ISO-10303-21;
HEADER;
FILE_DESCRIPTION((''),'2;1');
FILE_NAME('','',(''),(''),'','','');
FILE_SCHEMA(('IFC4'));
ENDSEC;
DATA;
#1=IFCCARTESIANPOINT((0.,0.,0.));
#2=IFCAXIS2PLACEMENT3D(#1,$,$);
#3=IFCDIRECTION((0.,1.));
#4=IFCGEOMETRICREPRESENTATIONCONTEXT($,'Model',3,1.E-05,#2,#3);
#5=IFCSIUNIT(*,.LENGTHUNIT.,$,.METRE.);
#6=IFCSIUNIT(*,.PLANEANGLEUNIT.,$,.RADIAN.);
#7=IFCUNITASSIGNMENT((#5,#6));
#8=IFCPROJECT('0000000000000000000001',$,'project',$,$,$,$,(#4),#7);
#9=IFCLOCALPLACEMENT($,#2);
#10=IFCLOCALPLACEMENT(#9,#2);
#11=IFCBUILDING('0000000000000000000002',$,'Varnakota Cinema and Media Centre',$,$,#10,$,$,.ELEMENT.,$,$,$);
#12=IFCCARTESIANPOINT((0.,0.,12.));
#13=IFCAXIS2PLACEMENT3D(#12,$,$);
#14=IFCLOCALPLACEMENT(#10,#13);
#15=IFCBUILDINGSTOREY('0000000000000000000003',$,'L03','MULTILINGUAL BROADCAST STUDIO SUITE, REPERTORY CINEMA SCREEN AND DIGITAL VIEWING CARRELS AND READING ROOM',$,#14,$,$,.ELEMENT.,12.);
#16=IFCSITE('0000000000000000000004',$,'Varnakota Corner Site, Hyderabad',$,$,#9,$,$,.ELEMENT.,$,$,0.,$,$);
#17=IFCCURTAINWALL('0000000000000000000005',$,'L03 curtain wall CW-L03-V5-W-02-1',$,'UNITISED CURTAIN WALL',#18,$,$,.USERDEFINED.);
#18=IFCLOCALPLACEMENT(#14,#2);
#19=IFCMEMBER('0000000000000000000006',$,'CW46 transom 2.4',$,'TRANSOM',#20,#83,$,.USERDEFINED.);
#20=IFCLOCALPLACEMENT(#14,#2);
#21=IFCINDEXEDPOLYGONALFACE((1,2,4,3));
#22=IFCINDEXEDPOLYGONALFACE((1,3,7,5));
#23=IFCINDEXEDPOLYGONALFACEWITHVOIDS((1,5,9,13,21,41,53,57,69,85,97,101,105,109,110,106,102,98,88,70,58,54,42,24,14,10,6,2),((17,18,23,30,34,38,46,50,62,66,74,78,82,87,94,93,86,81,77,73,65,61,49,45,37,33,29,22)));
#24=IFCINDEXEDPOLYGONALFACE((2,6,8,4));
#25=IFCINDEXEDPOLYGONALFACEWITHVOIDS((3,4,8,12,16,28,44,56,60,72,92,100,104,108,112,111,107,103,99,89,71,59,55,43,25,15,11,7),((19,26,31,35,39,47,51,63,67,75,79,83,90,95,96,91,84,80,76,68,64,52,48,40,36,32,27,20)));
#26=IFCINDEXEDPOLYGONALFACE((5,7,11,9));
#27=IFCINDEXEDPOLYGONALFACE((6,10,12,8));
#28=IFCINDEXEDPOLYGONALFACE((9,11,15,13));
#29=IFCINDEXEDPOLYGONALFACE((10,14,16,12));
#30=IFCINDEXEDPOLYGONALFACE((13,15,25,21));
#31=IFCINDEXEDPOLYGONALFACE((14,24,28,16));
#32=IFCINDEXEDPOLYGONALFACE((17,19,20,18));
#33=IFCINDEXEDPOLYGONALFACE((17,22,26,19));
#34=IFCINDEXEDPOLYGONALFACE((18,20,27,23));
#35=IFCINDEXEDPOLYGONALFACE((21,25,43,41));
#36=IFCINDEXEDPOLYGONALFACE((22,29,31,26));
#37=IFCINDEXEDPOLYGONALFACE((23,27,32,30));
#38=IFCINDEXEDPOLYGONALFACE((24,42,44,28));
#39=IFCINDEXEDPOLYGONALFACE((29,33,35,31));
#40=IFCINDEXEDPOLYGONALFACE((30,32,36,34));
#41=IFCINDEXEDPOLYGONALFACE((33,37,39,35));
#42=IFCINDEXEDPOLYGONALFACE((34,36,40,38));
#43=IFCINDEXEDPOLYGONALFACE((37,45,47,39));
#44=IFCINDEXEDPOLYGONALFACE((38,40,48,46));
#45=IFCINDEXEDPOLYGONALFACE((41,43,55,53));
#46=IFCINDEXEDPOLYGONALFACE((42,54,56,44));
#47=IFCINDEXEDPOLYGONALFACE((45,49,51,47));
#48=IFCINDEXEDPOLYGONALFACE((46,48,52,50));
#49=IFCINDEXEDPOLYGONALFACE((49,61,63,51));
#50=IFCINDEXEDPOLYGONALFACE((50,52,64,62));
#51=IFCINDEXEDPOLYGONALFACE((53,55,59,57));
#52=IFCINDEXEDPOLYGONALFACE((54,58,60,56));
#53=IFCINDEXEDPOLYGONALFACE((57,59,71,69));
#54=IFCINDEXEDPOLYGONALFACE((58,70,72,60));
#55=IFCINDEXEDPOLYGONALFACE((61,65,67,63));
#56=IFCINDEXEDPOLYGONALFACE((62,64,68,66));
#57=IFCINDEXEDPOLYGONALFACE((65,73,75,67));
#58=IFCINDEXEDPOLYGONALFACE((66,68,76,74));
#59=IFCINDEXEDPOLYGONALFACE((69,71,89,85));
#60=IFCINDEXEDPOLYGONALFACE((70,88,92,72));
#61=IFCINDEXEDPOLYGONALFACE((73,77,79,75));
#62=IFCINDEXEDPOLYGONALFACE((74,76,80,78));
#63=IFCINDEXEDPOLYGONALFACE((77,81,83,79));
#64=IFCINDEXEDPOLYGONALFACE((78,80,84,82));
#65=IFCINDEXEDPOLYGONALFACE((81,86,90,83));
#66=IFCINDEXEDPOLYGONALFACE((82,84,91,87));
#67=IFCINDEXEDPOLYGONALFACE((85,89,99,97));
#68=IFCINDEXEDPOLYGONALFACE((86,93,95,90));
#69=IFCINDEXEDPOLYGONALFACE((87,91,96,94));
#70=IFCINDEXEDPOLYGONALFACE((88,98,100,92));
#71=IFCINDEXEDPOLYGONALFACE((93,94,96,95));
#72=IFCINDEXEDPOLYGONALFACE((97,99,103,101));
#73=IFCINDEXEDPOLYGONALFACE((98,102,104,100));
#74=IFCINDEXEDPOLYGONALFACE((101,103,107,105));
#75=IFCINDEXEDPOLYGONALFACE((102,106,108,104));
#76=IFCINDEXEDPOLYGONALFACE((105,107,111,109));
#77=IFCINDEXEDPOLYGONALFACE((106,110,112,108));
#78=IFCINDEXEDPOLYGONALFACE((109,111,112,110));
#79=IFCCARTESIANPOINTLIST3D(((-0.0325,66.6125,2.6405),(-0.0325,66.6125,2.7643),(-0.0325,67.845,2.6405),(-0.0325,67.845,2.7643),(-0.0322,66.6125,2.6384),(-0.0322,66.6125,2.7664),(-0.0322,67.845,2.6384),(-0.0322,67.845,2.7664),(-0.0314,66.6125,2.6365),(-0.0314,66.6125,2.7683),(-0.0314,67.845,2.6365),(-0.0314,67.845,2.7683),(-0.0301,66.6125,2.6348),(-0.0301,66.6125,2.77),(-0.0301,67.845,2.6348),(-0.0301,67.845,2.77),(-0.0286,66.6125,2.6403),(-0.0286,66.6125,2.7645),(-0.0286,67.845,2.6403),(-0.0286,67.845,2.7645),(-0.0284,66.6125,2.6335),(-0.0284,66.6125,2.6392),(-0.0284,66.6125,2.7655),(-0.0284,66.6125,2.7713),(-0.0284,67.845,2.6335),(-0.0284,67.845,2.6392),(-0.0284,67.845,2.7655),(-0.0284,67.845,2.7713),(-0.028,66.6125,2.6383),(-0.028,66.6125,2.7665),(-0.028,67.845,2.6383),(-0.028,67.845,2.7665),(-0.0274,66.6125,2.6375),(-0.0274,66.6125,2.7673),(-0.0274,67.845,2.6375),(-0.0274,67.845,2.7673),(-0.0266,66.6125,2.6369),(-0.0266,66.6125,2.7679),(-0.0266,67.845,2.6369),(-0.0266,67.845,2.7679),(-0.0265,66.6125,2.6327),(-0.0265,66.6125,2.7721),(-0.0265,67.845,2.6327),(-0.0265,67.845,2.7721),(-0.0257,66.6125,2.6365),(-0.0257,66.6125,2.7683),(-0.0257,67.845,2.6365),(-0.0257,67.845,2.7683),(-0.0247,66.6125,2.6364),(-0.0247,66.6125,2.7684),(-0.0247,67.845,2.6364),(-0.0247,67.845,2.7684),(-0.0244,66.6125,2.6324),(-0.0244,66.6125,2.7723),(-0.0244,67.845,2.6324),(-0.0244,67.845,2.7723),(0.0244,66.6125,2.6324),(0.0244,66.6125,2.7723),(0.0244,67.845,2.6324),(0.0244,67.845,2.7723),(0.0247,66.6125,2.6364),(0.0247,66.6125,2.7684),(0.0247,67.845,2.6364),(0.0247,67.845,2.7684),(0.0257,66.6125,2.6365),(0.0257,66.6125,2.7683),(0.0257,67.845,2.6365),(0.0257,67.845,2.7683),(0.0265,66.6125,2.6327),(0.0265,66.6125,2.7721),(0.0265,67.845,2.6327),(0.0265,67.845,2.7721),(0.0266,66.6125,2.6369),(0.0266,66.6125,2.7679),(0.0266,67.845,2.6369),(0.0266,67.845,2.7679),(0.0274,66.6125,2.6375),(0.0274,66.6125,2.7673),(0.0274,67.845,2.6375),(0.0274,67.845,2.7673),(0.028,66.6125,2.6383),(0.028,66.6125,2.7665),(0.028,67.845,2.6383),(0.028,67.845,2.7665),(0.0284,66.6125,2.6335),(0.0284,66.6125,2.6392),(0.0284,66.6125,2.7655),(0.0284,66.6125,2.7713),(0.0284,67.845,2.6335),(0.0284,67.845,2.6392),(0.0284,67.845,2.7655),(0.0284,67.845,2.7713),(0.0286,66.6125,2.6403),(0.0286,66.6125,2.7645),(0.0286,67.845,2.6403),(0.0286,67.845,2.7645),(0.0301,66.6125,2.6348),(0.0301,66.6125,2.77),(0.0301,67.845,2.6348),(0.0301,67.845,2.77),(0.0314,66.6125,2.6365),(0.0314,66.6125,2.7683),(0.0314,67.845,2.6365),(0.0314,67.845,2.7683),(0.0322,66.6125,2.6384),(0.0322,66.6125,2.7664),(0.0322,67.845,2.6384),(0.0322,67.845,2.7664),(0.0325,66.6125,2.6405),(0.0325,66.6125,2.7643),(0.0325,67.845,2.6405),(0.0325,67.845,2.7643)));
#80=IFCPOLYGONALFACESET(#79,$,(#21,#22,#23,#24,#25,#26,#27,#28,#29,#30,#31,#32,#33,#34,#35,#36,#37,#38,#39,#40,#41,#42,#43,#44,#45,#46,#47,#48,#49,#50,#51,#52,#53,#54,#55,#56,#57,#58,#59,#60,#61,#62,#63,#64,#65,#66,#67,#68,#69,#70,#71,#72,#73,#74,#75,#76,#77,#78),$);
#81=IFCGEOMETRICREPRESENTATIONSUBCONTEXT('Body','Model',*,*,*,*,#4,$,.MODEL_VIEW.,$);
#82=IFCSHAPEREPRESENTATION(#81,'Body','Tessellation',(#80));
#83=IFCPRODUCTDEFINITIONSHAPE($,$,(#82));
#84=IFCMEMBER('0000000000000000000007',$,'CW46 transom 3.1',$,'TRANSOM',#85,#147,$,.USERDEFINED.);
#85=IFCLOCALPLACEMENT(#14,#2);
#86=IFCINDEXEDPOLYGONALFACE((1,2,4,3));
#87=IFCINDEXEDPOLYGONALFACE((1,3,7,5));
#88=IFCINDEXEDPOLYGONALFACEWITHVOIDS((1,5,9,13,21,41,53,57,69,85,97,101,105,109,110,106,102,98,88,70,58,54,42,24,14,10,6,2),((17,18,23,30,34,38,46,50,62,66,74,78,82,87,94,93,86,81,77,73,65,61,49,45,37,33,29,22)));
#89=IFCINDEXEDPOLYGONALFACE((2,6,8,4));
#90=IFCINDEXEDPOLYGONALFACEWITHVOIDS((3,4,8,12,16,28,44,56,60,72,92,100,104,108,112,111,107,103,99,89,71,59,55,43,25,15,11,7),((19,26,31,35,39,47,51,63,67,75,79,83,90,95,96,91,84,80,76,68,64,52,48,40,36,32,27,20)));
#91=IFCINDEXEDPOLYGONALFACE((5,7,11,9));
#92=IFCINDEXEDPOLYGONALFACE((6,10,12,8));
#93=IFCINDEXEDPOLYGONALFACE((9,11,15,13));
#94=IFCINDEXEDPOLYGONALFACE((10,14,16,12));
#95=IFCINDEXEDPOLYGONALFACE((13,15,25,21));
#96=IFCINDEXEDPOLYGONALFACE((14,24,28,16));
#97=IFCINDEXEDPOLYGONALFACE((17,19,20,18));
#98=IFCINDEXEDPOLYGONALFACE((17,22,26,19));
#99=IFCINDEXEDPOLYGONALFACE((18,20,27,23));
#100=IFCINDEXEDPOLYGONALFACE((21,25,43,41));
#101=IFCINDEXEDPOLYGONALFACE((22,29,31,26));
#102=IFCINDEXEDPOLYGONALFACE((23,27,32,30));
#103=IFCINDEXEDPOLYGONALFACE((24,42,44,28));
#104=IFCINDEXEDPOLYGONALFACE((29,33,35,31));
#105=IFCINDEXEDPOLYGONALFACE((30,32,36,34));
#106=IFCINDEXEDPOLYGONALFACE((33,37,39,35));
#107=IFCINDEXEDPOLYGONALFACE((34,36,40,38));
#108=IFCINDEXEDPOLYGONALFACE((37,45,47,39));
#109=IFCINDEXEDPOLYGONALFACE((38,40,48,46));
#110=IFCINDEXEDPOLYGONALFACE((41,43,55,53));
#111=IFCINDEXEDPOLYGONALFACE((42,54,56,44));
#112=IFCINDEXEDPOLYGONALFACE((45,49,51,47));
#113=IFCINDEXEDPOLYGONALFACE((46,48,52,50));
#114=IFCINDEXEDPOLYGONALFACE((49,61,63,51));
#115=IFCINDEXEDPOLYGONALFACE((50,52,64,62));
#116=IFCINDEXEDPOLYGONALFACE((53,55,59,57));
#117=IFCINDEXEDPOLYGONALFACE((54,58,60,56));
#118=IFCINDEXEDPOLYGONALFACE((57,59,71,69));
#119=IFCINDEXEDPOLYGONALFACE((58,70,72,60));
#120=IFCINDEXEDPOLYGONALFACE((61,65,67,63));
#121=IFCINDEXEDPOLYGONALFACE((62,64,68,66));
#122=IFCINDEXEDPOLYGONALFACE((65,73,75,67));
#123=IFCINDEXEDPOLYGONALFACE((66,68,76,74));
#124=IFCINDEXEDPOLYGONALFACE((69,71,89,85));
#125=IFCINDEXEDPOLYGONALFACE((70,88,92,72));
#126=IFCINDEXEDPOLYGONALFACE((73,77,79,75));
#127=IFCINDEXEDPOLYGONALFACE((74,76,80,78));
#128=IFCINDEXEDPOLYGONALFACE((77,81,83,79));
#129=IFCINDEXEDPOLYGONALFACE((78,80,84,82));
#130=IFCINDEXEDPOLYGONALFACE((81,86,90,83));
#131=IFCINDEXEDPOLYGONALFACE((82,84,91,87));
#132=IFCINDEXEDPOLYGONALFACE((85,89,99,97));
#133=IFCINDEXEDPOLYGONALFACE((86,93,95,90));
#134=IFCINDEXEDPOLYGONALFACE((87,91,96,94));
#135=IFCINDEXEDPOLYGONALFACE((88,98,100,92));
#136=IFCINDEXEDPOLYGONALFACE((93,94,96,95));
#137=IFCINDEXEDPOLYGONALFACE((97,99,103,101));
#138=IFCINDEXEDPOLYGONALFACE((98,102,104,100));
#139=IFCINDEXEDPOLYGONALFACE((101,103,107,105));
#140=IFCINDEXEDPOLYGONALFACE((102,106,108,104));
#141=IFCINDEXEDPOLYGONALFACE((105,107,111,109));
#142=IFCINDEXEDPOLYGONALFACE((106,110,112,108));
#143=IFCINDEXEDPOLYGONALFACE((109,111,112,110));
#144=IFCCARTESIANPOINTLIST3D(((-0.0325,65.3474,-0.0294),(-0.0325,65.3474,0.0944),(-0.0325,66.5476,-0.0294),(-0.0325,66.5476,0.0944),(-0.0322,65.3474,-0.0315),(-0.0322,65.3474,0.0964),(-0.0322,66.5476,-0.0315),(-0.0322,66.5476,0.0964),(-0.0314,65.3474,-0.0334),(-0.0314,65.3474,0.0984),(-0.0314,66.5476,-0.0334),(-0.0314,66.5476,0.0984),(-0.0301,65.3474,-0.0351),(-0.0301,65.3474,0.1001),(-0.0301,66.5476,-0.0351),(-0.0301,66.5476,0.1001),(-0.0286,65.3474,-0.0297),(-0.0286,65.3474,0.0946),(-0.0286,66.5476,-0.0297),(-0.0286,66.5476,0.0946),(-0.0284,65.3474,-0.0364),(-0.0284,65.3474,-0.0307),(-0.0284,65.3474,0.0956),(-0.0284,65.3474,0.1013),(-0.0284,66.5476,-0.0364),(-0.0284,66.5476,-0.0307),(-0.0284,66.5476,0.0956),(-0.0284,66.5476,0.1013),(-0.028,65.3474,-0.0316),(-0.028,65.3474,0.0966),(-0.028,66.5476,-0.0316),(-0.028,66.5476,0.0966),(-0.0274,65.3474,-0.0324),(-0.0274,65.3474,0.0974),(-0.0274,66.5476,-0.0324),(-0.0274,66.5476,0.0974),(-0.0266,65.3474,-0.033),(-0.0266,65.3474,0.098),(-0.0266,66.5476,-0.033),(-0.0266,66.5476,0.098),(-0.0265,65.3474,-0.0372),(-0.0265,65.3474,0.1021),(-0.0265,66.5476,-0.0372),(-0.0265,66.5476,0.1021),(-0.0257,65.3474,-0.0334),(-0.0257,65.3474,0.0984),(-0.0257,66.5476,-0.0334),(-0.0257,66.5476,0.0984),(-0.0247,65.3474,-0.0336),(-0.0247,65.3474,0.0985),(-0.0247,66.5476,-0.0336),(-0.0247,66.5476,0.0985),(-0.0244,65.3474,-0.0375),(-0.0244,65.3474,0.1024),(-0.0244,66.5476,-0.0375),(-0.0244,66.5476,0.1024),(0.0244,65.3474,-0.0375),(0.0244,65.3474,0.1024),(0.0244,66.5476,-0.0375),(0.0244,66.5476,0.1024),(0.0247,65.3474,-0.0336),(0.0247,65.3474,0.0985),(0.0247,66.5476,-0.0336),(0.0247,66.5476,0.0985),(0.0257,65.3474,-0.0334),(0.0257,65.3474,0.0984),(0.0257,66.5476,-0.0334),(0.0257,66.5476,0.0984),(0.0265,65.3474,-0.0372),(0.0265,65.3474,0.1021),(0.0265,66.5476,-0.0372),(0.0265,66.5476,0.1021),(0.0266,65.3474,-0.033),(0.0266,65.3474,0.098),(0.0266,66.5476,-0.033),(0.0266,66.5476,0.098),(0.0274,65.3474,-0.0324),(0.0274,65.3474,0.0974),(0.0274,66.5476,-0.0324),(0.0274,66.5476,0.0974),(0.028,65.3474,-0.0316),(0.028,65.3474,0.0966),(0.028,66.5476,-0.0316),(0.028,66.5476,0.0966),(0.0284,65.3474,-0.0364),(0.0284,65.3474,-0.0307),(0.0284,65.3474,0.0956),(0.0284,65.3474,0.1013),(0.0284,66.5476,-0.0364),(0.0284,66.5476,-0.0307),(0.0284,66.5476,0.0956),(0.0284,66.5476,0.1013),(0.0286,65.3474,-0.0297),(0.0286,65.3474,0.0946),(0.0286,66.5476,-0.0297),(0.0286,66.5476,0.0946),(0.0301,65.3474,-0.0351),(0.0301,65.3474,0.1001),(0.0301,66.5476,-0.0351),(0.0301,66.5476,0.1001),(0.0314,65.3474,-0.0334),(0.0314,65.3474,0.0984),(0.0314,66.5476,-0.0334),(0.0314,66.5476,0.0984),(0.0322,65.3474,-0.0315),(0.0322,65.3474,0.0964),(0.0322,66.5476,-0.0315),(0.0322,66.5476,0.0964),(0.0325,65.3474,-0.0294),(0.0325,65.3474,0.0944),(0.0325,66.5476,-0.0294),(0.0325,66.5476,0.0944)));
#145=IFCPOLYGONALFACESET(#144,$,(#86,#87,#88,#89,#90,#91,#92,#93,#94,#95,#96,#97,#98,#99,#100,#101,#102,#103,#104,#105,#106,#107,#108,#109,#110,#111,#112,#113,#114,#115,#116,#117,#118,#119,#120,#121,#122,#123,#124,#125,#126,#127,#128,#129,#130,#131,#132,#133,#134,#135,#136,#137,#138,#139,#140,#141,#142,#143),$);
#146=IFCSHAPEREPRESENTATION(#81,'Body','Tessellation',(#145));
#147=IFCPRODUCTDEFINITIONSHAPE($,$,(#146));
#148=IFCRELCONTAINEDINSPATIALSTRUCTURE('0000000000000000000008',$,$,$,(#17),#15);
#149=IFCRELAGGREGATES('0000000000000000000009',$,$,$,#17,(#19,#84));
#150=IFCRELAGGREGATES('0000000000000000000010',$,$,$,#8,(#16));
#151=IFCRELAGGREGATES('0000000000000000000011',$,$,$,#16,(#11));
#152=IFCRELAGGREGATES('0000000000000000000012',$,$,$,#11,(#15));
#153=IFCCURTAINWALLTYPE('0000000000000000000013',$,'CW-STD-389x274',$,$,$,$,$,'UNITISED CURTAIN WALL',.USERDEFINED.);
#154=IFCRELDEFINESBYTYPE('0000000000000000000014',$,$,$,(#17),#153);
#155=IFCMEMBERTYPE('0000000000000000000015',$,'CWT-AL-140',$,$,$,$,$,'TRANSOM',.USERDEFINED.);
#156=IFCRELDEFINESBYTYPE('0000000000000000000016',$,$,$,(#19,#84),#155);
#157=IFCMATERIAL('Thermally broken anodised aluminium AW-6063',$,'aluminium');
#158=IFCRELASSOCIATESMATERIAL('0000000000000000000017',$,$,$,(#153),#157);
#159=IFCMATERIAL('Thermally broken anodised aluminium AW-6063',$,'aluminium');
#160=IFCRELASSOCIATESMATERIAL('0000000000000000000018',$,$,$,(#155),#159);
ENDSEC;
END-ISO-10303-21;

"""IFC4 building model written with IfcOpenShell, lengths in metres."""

from ifc_helpers import new_model, si_unit, direction, frame, origin, origin_2d, place, context, subcontext, project, spatial, hollow_rectangle, extrude, material, material_profile, profile_set, type_object, element, aggregate, save


model = new_model("IFC4")

# Units and contexts
model_context = context("Model", 3, precision=1e-05, world=origin(), true_north=direction((0.0, 1.0)))
body_context = subcontext(model_context, "Body", "Model", "MODEL_VIEW")
ifc_project = project(units=[si_unit("LENGTHUNIT", "METRE"), si_unit("PLANEANGLEUNIT", "RADIAN")], contexts=[model_context])

# Site, building, storey
site_placement = place(None, origin())
site = spatial("IfcSite", under=ifc_project, at=site_placement, Name="Varnakota Corner Site, Hyderabad", CompositionType="ELEMENT", RefElevation=0.0)
building_placement = place(site_placement, origin())
building = spatial("IfcBuilding", under=site, at=building_placement, Name="Varnakota Cinema and Media Centre", CompositionType="ELEMENT")
storey_placement = place(building_placement, frame((0.0, 0.0, 12.0)))
storey = spatial("IfcBuildingStorey", under=building, at=storey_placement, Name="L03", Description="MULTILINGUAL BROADCAST STUDIO SUITE, REPERTORY CINEMA SCREEN AND DIGITAL VIEWING CARRELS AND READING ROOM", CompositionType="ELEMENT", Elevation=12.0)

# Curtain wall, members
ifc_material_1 = material(Name="Thermally broken anodised aluminium AW-6063", Category="aluminium")
curtain_wall_type = type_object("IfcCurtainWallType", Name="CW-STD-389x274", ElementType="UNITISED CURTAIN WALL", PredefinedType="USERDEFINED", material=ifc_material_1)
curtain_wall_placement = place(storey_placement, origin())
curtain_wall = element("IfcCurtainWall", 1, at=curtain_wall_placement, inside=storey, type_object=curtain_wall_type, Name="L03 curtain wall CW-L03-V5-W-02-1", ObjectType="UNITISED CURTAIN WALL", PredefinedType="USERDEFINED")
ifc_material_2 = material(Name="Thermally broken anodised aluminium AW-6063", Category="aluminium")
ifc_material_profile_1 = material_profile(ifc_material_2, hollow_rectangle(XDim=0.0649, YDim=0.1399, WallThickness=0.0039, InnerFilletRadius=0.0039, OuterFilletRadius=0.0081, at=origin_2d()), Name="AL-TRANSOM 140x65x4")
ifc_profile_set_1 = profile_set([ifc_material_profile_1], Name="Thermally broken anodised aluminium AW-6063")
member_type_1 = type_object("IfcMemberType", Name="CWT-AL-140", ElementType="TRANSOM", PredefinedType="USERDEFINED", material=ifc_profile_set_1)
member_1_placement = place(storey_placement, frame((0.0, 67.845, 2.7024), z_axis=(0.0, -1.0, 0.0), x_axis=(1.0, 0.0, 0.0)))
member_1 = element("IfcMember", 2, at=member_1_placement, type_object=member_type_1, Name="CW46 transom 2.4", ObjectType="TRANSOM", PredefinedType="USERDEFINED", context=body_context, shape_type="SweptSolid", body=[
    extrude(hollow_rectangle(XDim=0.0649, YDim=0.1399, WallThickness=0.0039, InnerFilletRadius=0.0039, OuterFilletRadius=0.0081, at=origin_2d()), origin(), (0.0, 0.0, 1.0), 1.2324),
])
member_2_placement = place(storey_placement, frame((0.0, 66.5476, 0.0325), z_axis=(0.0, -1.0, 0.0), x_axis=(1.0, 0.0, 0.0)))
member_2 = element("IfcMember", 3, at=member_2_placement, type_object=member_type_1, Name="CW46 transom 3.1", ObjectType="TRANSOM", PredefinedType="USERDEFINED", context=body_context, shape_type="SweptSolid", body=[
    extrude(hollow_rectangle(XDim=0.0649, YDim=0.1399, WallThickness=0.0039, InnerFilletRadius=0.0039, OuterFilletRadius=0.0081, at=origin_2d()), origin(), (0.0, 0.0, 1.0), 1.2002),
])
aggregate(curtain_wall, [member_1, member_2])

save(model, "model.ifc")
